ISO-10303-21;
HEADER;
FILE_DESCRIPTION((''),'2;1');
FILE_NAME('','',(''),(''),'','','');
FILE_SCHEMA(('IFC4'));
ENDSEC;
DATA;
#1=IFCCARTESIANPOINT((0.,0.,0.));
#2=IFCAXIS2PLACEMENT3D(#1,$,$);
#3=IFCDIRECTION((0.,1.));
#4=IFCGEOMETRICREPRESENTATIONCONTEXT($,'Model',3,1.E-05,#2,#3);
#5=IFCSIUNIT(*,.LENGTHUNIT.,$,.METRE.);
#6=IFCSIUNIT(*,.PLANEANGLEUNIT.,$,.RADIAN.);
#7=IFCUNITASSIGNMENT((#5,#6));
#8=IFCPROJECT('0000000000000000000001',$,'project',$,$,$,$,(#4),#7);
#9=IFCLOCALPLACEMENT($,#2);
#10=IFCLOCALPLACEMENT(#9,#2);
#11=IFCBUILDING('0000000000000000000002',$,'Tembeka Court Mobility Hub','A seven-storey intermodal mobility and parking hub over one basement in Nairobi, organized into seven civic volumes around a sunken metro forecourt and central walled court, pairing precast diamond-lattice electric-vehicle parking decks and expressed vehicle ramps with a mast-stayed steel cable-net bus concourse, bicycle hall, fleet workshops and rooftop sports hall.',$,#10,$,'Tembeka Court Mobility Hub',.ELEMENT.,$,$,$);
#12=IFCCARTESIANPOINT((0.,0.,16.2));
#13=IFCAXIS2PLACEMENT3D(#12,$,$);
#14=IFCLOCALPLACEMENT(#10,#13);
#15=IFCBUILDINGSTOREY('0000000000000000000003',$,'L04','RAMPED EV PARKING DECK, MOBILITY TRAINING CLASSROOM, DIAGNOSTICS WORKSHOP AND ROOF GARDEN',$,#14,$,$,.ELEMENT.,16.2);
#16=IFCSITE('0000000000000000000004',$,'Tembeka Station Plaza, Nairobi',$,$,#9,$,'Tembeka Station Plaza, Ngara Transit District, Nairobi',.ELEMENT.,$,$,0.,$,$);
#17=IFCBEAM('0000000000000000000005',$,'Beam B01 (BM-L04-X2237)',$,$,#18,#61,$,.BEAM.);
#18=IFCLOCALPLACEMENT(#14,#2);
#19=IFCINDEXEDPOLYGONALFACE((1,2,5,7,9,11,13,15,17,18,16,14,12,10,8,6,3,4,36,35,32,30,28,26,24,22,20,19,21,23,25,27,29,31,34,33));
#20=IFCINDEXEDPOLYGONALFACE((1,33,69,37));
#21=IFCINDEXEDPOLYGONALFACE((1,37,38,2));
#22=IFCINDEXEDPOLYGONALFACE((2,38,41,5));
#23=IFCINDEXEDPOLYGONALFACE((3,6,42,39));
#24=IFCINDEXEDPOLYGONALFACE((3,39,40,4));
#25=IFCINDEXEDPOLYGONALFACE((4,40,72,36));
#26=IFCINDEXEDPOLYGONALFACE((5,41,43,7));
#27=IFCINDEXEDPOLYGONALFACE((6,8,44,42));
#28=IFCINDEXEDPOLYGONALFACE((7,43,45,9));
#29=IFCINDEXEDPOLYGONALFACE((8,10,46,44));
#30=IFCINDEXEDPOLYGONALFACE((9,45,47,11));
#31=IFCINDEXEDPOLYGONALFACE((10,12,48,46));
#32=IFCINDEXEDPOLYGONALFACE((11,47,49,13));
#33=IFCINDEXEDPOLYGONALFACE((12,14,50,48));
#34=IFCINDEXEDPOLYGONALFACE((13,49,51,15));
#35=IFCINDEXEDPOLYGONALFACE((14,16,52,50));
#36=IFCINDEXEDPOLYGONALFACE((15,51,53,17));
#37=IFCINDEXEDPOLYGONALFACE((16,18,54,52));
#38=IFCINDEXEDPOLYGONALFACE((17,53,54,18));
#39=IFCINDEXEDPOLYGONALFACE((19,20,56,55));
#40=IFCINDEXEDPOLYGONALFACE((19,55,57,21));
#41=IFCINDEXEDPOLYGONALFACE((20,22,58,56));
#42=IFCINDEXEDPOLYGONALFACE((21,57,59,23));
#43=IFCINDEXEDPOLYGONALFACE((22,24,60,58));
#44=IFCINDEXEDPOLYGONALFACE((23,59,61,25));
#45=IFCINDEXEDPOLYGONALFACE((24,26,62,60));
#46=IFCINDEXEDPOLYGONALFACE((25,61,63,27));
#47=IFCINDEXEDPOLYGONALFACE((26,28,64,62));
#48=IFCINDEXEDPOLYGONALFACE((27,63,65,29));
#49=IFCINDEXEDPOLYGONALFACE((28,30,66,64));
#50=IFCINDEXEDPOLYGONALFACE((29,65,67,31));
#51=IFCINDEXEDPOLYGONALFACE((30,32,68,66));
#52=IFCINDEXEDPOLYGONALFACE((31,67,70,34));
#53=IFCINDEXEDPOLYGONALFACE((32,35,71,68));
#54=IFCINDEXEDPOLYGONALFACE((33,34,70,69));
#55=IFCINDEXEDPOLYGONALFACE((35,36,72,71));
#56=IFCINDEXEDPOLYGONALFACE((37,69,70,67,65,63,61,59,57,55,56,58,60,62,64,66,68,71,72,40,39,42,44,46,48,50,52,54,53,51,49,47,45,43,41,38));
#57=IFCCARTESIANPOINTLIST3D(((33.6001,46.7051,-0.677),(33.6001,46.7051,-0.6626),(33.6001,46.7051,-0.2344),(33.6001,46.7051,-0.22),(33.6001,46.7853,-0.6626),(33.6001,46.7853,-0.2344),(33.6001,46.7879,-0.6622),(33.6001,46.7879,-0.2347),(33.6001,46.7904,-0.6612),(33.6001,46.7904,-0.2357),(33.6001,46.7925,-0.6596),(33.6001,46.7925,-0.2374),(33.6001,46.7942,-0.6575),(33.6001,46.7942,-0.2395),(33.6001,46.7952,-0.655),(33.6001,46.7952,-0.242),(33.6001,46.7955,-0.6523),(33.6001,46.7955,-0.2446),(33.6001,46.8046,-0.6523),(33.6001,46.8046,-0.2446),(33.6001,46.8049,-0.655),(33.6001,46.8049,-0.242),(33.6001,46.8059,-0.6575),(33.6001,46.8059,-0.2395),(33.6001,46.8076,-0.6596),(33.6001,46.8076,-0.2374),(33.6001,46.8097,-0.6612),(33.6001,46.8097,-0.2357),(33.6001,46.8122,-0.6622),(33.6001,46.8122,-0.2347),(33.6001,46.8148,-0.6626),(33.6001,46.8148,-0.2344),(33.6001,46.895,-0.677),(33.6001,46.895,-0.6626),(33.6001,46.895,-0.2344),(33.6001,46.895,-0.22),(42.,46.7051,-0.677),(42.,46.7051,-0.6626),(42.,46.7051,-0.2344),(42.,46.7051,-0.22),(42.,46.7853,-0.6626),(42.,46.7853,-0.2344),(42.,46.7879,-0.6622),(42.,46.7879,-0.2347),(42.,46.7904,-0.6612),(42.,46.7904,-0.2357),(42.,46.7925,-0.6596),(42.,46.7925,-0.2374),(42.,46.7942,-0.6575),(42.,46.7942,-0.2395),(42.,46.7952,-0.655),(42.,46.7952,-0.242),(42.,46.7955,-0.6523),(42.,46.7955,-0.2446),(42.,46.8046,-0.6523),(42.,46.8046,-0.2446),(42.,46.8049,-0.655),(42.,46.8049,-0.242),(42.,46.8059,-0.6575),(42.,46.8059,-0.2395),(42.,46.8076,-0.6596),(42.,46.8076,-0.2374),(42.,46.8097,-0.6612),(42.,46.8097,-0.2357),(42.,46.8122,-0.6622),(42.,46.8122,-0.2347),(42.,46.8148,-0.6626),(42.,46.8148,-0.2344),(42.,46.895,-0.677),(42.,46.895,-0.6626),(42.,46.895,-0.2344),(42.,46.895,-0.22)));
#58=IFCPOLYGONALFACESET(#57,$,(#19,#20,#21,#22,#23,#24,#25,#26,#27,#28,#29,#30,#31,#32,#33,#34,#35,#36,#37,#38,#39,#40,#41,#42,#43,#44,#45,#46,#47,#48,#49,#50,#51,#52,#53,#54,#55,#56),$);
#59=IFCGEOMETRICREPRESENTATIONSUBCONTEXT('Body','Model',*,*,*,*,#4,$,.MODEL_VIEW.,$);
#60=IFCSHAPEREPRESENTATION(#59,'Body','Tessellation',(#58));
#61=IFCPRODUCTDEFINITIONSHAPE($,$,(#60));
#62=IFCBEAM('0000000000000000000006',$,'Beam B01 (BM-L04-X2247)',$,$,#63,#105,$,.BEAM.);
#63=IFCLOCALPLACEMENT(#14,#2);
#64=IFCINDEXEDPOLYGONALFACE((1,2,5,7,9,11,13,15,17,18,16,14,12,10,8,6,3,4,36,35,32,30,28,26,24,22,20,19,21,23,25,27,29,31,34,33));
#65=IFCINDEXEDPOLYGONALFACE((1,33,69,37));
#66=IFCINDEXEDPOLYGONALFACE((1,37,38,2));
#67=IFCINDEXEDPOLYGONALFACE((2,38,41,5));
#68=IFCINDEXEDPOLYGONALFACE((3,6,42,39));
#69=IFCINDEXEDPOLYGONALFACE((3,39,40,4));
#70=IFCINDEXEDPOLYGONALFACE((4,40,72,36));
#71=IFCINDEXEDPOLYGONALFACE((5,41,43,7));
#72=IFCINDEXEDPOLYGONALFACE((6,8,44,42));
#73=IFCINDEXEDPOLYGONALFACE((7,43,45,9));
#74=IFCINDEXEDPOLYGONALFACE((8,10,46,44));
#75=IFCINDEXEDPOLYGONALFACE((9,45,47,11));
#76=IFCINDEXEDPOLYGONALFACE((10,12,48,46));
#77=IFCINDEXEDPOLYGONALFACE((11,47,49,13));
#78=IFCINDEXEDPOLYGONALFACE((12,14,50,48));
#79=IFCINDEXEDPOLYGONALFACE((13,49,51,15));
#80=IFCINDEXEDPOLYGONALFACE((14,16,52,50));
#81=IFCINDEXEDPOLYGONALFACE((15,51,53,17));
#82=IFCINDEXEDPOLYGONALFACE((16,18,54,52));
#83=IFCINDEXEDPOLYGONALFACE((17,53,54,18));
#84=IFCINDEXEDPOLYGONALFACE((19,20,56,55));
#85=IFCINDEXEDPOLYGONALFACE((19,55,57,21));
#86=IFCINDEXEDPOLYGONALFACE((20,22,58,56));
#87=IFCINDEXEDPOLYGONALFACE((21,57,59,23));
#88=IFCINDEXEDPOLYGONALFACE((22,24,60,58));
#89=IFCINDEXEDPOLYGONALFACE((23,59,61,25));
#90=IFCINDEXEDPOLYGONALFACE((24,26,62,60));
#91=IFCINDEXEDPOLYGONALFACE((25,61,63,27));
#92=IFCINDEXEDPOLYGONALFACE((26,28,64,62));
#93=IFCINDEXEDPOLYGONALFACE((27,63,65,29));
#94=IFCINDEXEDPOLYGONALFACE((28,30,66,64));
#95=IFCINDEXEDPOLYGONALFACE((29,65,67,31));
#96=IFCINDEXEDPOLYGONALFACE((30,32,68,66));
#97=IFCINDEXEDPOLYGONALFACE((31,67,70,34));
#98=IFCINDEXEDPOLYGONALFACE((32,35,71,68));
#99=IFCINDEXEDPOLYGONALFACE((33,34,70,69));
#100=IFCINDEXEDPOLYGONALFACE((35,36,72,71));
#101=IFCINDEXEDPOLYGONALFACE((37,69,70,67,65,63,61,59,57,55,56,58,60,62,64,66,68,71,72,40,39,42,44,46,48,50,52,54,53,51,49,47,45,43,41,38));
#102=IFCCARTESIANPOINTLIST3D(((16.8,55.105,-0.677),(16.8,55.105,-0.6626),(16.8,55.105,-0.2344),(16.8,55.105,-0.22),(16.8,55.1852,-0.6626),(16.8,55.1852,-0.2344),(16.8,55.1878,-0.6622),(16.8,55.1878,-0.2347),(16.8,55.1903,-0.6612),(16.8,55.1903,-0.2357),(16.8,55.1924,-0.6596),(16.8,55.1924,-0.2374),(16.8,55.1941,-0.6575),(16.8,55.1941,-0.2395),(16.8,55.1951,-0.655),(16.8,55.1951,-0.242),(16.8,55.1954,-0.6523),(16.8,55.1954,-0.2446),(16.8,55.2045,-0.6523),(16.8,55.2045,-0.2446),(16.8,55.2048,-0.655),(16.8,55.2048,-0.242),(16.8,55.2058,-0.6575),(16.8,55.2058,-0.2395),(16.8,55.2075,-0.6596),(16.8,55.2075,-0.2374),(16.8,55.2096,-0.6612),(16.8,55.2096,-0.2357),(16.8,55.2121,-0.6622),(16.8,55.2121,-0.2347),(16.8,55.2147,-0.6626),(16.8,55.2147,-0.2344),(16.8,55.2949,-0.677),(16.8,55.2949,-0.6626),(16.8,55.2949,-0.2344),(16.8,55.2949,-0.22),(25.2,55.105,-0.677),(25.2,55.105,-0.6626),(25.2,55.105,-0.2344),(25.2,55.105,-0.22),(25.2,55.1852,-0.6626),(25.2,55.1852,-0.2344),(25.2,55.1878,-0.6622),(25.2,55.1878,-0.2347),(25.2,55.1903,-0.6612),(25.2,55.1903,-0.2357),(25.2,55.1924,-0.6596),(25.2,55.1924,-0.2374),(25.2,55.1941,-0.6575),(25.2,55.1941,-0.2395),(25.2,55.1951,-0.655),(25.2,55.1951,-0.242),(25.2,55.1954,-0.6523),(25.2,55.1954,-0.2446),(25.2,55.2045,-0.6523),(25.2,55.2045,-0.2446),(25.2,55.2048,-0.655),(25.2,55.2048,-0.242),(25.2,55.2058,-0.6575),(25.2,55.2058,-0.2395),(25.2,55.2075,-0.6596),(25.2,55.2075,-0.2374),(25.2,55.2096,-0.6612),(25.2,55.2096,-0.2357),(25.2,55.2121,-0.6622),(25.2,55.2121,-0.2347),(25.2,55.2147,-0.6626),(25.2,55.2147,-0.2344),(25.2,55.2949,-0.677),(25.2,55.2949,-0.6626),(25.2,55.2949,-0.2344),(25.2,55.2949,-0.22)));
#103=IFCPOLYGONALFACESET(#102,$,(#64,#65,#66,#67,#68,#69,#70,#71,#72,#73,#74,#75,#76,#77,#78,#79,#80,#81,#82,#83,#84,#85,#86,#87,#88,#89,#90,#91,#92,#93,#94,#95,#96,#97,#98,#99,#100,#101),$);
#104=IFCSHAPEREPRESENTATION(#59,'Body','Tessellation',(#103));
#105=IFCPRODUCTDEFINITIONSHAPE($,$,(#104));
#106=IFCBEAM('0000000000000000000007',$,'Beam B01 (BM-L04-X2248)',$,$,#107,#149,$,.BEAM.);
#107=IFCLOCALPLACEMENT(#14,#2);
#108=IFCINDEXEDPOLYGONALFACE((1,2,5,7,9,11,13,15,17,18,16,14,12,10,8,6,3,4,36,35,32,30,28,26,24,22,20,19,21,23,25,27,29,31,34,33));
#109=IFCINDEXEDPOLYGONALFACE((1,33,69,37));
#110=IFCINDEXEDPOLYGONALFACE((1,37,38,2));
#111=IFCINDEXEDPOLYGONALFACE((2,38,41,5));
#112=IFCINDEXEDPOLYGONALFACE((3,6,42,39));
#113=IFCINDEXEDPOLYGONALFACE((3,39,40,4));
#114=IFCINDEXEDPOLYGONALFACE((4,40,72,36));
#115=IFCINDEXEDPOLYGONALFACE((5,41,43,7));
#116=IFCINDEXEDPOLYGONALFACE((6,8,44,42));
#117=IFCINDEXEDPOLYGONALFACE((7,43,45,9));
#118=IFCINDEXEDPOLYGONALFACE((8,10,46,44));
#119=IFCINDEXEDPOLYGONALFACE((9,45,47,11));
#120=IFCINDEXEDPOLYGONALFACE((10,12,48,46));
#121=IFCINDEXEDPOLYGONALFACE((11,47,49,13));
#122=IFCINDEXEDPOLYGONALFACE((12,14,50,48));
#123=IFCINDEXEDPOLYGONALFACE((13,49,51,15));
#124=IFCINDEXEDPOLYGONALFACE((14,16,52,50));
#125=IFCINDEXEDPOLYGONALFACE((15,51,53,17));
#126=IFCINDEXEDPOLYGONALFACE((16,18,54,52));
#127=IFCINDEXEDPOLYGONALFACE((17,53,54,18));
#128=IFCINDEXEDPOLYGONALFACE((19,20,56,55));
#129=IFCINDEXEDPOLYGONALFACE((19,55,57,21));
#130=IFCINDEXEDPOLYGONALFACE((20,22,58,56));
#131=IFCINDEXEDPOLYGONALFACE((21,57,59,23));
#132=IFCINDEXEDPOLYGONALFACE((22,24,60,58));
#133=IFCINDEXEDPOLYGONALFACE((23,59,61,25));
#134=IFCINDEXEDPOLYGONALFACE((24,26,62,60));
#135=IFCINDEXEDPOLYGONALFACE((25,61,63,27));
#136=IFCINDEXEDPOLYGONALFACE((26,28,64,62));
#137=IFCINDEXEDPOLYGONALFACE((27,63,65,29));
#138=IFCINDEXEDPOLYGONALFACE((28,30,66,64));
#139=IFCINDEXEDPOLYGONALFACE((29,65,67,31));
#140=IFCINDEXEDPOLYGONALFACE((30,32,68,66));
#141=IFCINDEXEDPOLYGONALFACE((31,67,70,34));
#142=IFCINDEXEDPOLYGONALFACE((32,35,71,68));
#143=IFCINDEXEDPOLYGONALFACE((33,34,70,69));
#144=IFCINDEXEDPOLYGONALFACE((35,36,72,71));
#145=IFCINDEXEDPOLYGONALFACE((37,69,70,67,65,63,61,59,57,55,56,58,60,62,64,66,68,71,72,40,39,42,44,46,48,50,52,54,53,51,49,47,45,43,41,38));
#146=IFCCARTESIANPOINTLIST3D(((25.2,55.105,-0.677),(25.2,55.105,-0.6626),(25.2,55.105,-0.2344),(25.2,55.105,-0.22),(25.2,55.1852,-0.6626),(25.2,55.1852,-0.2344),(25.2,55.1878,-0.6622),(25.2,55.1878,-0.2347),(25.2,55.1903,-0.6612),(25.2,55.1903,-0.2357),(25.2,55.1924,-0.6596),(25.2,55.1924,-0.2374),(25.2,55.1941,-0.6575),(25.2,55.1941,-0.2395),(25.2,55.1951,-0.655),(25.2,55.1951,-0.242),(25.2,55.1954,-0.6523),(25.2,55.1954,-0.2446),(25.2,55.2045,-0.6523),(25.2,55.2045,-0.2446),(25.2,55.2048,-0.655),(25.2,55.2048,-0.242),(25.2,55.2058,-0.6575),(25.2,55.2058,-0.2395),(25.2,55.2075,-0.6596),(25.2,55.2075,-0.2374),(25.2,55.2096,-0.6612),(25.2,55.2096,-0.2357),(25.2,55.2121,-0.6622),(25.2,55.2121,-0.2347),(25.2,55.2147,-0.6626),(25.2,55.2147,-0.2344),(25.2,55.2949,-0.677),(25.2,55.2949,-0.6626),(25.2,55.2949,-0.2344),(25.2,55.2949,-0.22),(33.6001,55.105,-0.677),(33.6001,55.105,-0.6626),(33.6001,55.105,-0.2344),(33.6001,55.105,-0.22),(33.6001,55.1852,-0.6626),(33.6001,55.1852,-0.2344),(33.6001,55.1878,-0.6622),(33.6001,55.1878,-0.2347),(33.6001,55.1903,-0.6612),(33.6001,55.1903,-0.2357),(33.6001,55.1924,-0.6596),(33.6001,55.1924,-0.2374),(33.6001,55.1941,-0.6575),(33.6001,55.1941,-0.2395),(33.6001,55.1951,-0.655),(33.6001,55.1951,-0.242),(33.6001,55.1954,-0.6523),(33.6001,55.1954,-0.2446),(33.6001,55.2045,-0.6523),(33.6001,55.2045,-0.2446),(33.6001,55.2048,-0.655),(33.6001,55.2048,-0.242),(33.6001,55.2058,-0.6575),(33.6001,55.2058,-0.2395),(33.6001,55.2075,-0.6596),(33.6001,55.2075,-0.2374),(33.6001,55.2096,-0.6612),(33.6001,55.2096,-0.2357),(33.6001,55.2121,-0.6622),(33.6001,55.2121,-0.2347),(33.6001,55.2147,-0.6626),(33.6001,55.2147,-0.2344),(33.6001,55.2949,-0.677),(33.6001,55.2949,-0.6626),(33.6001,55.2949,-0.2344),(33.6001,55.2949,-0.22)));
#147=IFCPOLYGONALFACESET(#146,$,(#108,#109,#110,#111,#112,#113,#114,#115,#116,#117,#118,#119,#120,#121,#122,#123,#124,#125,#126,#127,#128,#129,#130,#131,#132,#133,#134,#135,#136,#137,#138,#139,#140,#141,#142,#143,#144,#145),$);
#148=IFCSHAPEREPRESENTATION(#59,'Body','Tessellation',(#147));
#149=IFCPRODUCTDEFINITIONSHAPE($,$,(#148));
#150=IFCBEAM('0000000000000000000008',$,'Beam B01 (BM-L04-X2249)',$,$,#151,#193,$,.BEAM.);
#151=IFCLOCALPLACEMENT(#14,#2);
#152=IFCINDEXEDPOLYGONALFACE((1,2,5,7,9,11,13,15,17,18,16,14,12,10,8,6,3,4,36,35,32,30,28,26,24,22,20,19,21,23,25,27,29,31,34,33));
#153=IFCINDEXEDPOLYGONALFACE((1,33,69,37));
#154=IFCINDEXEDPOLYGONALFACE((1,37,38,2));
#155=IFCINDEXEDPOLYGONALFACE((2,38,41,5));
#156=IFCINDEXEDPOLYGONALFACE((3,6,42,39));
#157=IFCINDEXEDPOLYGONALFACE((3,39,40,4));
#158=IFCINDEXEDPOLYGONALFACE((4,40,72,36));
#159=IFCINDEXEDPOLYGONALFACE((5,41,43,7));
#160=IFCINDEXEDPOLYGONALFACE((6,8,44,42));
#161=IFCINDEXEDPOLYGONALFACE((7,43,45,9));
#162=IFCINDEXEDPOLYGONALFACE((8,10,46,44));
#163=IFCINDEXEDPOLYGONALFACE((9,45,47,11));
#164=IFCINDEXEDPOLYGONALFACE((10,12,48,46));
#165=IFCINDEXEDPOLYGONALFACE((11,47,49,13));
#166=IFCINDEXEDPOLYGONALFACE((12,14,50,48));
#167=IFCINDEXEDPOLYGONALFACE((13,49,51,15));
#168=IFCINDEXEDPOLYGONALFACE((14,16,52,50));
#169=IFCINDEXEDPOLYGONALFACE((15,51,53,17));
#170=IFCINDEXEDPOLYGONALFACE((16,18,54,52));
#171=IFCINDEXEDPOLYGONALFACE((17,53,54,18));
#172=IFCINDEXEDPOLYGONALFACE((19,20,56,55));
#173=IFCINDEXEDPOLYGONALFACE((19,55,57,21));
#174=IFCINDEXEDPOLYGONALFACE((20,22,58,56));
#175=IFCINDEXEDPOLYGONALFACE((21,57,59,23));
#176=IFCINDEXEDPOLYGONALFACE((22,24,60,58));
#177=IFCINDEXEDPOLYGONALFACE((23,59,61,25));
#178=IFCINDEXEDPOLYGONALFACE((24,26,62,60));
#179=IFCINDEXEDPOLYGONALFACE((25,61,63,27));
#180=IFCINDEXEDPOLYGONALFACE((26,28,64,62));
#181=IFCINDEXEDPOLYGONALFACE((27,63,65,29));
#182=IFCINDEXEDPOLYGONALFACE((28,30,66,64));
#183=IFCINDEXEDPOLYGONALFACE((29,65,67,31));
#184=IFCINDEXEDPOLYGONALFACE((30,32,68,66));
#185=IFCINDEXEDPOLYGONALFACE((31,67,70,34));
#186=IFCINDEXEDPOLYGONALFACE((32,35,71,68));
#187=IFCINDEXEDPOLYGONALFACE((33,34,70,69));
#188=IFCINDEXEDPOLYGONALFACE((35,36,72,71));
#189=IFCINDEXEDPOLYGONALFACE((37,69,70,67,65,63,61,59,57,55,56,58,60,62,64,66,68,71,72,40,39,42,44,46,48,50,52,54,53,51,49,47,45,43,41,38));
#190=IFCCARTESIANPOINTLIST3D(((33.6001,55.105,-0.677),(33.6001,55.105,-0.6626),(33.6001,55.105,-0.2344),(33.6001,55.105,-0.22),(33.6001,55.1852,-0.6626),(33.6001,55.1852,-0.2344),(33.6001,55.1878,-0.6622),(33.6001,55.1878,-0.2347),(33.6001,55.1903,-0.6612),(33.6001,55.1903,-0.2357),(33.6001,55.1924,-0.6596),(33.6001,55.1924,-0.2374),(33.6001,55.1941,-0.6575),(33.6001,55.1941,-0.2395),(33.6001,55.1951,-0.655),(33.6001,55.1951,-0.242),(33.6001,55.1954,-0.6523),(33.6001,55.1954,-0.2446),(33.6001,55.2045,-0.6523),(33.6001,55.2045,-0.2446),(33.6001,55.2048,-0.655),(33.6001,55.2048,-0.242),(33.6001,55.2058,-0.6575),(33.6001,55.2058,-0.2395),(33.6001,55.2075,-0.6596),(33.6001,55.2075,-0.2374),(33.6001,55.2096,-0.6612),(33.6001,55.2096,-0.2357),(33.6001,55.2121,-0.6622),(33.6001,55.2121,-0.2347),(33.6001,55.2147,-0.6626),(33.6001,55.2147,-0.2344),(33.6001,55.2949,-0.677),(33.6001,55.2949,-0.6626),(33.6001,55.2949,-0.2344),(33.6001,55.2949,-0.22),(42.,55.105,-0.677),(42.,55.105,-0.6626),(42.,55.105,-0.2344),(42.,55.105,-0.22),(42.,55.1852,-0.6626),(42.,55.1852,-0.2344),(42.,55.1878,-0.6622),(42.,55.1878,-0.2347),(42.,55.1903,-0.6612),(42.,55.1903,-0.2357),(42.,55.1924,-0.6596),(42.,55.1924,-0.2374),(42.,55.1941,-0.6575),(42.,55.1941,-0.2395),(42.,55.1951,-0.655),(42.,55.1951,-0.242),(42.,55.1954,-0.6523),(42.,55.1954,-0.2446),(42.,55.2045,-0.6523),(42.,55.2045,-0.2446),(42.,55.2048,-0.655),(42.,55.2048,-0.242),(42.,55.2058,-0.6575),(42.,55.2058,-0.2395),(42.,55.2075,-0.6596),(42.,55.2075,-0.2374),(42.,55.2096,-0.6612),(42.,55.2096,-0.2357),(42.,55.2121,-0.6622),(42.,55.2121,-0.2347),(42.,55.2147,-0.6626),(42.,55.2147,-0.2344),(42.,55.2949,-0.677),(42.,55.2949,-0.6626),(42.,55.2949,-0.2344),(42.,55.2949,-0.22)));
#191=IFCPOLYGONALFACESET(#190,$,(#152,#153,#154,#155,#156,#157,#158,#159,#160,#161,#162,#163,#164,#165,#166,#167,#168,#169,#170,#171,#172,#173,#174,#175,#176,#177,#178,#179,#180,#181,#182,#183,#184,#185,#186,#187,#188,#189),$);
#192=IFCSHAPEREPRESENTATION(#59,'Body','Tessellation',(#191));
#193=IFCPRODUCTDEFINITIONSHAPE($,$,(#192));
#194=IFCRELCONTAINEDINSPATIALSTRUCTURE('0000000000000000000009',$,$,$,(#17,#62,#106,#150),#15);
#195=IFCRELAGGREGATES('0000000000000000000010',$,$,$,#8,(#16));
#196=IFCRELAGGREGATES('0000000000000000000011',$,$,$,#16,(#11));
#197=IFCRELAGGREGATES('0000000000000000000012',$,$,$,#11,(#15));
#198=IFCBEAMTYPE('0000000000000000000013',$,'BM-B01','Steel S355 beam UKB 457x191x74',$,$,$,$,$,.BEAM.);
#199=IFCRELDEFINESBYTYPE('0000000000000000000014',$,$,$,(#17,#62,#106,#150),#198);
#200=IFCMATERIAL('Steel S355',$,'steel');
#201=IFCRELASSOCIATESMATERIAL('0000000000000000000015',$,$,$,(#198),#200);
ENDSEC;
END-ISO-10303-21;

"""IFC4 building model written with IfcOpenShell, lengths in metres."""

from ifc_helpers import new_model, si_unit, direction, frame, origin, origin_2d, place, context, subcontext, project, spatial, i_section, extrude, material, material_profile, profile_set, type_object, element, save


model = new_model("IFC4")

# Units and contexts
model_context = context("Model", 3, precision=1e-05, world=origin(), true_north=direction((0.0, 1.0)))
body_context = subcontext(model_context, "Body", "Model", "MODEL_VIEW")
ifc_project = project(units=[si_unit("LENGTHUNIT", "METRE"), si_unit("PLANEANGLEUNIT", "RADIAN")], contexts=[model_context])

# Site, building, storey
site_placement = place(None, origin())
site = spatial("IfcSite", under=ifc_project, at=site_placement, Name="Tembeka Station Plaza, Nairobi", LongName="Tembeka Station Plaza, Ngara Transit District, Nairobi", CompositionType="ELEMENT", RefElevation=0.0)
building_placement = place(site_placement, origin())
building = spatial("IfcBuilding", under=site, at=building_placement, Name="Tembeka Court Mobility Hub", Description="A seven-storey intermodal mobility and parking hub over one basement in Nairobi, organized into seven civic volumes around a sunken metro forecourt and central walled court, pairing precast diamond-lattice electric-vehicle parking decks and expressed vehicle ramps with a mast-stayed steel cable-net bus concourse, bicycle hall, fleet workshops and rooftop sports hall.", LongName="Tembeka Court Mobility Hub", CompositionType="ELEMENT")
storey_placement = place(building_placement, frame((0.0, 0.0, 16.2)))
storey = spatial("IfcBuildingStorey", under=building, at=storey_placement, Name="L04", Description="RAMPED EV PARKING DECK, MOBILITY TRAINING CLASSROOM, DIAGNOSTICS WORKSHOP AND ROOF GARDEN", CompositionType="ELEMENT", Elevation=16.2)

# Shared definitions
ifc_material_1 = material(Name="Steel S355", Category="steel")

# Beams
ifc_material_profile_1 = material_profile(ifc_material_1, i_section(OverallWidth=0.1899, OverallDepth=0.457, WebThickness=0.009, FlangeThickness=0.0144, FilletRadius=0.0103, at=origin_2d()), Name="UKB 457x191x74")
ifc_profile_set_1 = profile_set([ifc_material_profile_1], Name="Steel S355")
beam_type_1 = type_object("IfcBeamType", Name="BM-B01", Description="Steel S355 beam UKB 457x191x74", PredefinedType="BEAM", material=ifc_profile_set_1)
for number, where, z_axis, x_axis, name in (
    (1, (33.6001, 46.8, -0.4485), (1.0, 0.0, 0.0), (0.0, 1.0, 0.0), "Beam B01 (BM-L04-X2237)"),
    (2, (16.8, 55.2, -0.4485), (1.0, 0.0, 0.0), (0.0, 1.0, 0.0), "Beam B01 (BM-L04-X2247)"),
):
    element("IfcBeam", number, at=place(storey_placement, frame(where, z_axis=z_axis, x_axis=x_axis)), inside=storey, type_object=beam_type_1, Name=name, PredefinedType="BEAM", context=body_context, shape_type="SweptSolid", body=[
        extrude(i_section(OverallWidth=0.1899, OverallDepth=0.457, WebThickness=0.009, FlangeThickness=0.0144, FilletRadius=0.0103, at=origin_2d()), origin(), (0.0, 0.0, 1.0), 8.3999),
    ])
beam_1_placement = place(storey_placement, frame((25.2, 55.2, -0.4485), z_axis=(1.0, 0.0, 0.0), x_axis=(0.0, 1.0, 0.0)))
element("IfcBeam", 3, at=beam_1_placement, inside=storey, type_object=beam_type_1, Name="Beam B01 (BM-L04-X2248)", PredefinedType="BEAM", context=body_context, shape_type="SweptSolid", body=[
    extrude(i_section(OverallWidth=0.1899, OverallDepth=0.457, WebThickness=0.009, FlangeThickness=0.0144, FilletRadius=0.0103, at=origin_2d()), origin(), (0.0, 0.0, 1.0), 8.4001),
])
beam_2_placement = place(storey_placement, frame((33.6001, 55.2, -0.4485), z_axis=(1.0, 0.0, 0.0), x_axis=(0.0, 1.0, 0.0)))
element("IfcBeam", 4, at=beam_2_placement, inside=storey, type_object=beam_type_1, Name="Beam B01 (BM-L04-X2249)", PredefinedType="BEAM", context=body_context, shape_type="SweptSolid", body=[
    extrude(i_section(OverallWidth=0.1899, OverallDepth=0.457, WebThickness=0.009, FlangeThickness=0.0144, FilletRadius=0.0103, at=origin_2d()), origin(), (0.0, 0.0, 1.0), 8.3999),
])

save(model, "model.ifc")
